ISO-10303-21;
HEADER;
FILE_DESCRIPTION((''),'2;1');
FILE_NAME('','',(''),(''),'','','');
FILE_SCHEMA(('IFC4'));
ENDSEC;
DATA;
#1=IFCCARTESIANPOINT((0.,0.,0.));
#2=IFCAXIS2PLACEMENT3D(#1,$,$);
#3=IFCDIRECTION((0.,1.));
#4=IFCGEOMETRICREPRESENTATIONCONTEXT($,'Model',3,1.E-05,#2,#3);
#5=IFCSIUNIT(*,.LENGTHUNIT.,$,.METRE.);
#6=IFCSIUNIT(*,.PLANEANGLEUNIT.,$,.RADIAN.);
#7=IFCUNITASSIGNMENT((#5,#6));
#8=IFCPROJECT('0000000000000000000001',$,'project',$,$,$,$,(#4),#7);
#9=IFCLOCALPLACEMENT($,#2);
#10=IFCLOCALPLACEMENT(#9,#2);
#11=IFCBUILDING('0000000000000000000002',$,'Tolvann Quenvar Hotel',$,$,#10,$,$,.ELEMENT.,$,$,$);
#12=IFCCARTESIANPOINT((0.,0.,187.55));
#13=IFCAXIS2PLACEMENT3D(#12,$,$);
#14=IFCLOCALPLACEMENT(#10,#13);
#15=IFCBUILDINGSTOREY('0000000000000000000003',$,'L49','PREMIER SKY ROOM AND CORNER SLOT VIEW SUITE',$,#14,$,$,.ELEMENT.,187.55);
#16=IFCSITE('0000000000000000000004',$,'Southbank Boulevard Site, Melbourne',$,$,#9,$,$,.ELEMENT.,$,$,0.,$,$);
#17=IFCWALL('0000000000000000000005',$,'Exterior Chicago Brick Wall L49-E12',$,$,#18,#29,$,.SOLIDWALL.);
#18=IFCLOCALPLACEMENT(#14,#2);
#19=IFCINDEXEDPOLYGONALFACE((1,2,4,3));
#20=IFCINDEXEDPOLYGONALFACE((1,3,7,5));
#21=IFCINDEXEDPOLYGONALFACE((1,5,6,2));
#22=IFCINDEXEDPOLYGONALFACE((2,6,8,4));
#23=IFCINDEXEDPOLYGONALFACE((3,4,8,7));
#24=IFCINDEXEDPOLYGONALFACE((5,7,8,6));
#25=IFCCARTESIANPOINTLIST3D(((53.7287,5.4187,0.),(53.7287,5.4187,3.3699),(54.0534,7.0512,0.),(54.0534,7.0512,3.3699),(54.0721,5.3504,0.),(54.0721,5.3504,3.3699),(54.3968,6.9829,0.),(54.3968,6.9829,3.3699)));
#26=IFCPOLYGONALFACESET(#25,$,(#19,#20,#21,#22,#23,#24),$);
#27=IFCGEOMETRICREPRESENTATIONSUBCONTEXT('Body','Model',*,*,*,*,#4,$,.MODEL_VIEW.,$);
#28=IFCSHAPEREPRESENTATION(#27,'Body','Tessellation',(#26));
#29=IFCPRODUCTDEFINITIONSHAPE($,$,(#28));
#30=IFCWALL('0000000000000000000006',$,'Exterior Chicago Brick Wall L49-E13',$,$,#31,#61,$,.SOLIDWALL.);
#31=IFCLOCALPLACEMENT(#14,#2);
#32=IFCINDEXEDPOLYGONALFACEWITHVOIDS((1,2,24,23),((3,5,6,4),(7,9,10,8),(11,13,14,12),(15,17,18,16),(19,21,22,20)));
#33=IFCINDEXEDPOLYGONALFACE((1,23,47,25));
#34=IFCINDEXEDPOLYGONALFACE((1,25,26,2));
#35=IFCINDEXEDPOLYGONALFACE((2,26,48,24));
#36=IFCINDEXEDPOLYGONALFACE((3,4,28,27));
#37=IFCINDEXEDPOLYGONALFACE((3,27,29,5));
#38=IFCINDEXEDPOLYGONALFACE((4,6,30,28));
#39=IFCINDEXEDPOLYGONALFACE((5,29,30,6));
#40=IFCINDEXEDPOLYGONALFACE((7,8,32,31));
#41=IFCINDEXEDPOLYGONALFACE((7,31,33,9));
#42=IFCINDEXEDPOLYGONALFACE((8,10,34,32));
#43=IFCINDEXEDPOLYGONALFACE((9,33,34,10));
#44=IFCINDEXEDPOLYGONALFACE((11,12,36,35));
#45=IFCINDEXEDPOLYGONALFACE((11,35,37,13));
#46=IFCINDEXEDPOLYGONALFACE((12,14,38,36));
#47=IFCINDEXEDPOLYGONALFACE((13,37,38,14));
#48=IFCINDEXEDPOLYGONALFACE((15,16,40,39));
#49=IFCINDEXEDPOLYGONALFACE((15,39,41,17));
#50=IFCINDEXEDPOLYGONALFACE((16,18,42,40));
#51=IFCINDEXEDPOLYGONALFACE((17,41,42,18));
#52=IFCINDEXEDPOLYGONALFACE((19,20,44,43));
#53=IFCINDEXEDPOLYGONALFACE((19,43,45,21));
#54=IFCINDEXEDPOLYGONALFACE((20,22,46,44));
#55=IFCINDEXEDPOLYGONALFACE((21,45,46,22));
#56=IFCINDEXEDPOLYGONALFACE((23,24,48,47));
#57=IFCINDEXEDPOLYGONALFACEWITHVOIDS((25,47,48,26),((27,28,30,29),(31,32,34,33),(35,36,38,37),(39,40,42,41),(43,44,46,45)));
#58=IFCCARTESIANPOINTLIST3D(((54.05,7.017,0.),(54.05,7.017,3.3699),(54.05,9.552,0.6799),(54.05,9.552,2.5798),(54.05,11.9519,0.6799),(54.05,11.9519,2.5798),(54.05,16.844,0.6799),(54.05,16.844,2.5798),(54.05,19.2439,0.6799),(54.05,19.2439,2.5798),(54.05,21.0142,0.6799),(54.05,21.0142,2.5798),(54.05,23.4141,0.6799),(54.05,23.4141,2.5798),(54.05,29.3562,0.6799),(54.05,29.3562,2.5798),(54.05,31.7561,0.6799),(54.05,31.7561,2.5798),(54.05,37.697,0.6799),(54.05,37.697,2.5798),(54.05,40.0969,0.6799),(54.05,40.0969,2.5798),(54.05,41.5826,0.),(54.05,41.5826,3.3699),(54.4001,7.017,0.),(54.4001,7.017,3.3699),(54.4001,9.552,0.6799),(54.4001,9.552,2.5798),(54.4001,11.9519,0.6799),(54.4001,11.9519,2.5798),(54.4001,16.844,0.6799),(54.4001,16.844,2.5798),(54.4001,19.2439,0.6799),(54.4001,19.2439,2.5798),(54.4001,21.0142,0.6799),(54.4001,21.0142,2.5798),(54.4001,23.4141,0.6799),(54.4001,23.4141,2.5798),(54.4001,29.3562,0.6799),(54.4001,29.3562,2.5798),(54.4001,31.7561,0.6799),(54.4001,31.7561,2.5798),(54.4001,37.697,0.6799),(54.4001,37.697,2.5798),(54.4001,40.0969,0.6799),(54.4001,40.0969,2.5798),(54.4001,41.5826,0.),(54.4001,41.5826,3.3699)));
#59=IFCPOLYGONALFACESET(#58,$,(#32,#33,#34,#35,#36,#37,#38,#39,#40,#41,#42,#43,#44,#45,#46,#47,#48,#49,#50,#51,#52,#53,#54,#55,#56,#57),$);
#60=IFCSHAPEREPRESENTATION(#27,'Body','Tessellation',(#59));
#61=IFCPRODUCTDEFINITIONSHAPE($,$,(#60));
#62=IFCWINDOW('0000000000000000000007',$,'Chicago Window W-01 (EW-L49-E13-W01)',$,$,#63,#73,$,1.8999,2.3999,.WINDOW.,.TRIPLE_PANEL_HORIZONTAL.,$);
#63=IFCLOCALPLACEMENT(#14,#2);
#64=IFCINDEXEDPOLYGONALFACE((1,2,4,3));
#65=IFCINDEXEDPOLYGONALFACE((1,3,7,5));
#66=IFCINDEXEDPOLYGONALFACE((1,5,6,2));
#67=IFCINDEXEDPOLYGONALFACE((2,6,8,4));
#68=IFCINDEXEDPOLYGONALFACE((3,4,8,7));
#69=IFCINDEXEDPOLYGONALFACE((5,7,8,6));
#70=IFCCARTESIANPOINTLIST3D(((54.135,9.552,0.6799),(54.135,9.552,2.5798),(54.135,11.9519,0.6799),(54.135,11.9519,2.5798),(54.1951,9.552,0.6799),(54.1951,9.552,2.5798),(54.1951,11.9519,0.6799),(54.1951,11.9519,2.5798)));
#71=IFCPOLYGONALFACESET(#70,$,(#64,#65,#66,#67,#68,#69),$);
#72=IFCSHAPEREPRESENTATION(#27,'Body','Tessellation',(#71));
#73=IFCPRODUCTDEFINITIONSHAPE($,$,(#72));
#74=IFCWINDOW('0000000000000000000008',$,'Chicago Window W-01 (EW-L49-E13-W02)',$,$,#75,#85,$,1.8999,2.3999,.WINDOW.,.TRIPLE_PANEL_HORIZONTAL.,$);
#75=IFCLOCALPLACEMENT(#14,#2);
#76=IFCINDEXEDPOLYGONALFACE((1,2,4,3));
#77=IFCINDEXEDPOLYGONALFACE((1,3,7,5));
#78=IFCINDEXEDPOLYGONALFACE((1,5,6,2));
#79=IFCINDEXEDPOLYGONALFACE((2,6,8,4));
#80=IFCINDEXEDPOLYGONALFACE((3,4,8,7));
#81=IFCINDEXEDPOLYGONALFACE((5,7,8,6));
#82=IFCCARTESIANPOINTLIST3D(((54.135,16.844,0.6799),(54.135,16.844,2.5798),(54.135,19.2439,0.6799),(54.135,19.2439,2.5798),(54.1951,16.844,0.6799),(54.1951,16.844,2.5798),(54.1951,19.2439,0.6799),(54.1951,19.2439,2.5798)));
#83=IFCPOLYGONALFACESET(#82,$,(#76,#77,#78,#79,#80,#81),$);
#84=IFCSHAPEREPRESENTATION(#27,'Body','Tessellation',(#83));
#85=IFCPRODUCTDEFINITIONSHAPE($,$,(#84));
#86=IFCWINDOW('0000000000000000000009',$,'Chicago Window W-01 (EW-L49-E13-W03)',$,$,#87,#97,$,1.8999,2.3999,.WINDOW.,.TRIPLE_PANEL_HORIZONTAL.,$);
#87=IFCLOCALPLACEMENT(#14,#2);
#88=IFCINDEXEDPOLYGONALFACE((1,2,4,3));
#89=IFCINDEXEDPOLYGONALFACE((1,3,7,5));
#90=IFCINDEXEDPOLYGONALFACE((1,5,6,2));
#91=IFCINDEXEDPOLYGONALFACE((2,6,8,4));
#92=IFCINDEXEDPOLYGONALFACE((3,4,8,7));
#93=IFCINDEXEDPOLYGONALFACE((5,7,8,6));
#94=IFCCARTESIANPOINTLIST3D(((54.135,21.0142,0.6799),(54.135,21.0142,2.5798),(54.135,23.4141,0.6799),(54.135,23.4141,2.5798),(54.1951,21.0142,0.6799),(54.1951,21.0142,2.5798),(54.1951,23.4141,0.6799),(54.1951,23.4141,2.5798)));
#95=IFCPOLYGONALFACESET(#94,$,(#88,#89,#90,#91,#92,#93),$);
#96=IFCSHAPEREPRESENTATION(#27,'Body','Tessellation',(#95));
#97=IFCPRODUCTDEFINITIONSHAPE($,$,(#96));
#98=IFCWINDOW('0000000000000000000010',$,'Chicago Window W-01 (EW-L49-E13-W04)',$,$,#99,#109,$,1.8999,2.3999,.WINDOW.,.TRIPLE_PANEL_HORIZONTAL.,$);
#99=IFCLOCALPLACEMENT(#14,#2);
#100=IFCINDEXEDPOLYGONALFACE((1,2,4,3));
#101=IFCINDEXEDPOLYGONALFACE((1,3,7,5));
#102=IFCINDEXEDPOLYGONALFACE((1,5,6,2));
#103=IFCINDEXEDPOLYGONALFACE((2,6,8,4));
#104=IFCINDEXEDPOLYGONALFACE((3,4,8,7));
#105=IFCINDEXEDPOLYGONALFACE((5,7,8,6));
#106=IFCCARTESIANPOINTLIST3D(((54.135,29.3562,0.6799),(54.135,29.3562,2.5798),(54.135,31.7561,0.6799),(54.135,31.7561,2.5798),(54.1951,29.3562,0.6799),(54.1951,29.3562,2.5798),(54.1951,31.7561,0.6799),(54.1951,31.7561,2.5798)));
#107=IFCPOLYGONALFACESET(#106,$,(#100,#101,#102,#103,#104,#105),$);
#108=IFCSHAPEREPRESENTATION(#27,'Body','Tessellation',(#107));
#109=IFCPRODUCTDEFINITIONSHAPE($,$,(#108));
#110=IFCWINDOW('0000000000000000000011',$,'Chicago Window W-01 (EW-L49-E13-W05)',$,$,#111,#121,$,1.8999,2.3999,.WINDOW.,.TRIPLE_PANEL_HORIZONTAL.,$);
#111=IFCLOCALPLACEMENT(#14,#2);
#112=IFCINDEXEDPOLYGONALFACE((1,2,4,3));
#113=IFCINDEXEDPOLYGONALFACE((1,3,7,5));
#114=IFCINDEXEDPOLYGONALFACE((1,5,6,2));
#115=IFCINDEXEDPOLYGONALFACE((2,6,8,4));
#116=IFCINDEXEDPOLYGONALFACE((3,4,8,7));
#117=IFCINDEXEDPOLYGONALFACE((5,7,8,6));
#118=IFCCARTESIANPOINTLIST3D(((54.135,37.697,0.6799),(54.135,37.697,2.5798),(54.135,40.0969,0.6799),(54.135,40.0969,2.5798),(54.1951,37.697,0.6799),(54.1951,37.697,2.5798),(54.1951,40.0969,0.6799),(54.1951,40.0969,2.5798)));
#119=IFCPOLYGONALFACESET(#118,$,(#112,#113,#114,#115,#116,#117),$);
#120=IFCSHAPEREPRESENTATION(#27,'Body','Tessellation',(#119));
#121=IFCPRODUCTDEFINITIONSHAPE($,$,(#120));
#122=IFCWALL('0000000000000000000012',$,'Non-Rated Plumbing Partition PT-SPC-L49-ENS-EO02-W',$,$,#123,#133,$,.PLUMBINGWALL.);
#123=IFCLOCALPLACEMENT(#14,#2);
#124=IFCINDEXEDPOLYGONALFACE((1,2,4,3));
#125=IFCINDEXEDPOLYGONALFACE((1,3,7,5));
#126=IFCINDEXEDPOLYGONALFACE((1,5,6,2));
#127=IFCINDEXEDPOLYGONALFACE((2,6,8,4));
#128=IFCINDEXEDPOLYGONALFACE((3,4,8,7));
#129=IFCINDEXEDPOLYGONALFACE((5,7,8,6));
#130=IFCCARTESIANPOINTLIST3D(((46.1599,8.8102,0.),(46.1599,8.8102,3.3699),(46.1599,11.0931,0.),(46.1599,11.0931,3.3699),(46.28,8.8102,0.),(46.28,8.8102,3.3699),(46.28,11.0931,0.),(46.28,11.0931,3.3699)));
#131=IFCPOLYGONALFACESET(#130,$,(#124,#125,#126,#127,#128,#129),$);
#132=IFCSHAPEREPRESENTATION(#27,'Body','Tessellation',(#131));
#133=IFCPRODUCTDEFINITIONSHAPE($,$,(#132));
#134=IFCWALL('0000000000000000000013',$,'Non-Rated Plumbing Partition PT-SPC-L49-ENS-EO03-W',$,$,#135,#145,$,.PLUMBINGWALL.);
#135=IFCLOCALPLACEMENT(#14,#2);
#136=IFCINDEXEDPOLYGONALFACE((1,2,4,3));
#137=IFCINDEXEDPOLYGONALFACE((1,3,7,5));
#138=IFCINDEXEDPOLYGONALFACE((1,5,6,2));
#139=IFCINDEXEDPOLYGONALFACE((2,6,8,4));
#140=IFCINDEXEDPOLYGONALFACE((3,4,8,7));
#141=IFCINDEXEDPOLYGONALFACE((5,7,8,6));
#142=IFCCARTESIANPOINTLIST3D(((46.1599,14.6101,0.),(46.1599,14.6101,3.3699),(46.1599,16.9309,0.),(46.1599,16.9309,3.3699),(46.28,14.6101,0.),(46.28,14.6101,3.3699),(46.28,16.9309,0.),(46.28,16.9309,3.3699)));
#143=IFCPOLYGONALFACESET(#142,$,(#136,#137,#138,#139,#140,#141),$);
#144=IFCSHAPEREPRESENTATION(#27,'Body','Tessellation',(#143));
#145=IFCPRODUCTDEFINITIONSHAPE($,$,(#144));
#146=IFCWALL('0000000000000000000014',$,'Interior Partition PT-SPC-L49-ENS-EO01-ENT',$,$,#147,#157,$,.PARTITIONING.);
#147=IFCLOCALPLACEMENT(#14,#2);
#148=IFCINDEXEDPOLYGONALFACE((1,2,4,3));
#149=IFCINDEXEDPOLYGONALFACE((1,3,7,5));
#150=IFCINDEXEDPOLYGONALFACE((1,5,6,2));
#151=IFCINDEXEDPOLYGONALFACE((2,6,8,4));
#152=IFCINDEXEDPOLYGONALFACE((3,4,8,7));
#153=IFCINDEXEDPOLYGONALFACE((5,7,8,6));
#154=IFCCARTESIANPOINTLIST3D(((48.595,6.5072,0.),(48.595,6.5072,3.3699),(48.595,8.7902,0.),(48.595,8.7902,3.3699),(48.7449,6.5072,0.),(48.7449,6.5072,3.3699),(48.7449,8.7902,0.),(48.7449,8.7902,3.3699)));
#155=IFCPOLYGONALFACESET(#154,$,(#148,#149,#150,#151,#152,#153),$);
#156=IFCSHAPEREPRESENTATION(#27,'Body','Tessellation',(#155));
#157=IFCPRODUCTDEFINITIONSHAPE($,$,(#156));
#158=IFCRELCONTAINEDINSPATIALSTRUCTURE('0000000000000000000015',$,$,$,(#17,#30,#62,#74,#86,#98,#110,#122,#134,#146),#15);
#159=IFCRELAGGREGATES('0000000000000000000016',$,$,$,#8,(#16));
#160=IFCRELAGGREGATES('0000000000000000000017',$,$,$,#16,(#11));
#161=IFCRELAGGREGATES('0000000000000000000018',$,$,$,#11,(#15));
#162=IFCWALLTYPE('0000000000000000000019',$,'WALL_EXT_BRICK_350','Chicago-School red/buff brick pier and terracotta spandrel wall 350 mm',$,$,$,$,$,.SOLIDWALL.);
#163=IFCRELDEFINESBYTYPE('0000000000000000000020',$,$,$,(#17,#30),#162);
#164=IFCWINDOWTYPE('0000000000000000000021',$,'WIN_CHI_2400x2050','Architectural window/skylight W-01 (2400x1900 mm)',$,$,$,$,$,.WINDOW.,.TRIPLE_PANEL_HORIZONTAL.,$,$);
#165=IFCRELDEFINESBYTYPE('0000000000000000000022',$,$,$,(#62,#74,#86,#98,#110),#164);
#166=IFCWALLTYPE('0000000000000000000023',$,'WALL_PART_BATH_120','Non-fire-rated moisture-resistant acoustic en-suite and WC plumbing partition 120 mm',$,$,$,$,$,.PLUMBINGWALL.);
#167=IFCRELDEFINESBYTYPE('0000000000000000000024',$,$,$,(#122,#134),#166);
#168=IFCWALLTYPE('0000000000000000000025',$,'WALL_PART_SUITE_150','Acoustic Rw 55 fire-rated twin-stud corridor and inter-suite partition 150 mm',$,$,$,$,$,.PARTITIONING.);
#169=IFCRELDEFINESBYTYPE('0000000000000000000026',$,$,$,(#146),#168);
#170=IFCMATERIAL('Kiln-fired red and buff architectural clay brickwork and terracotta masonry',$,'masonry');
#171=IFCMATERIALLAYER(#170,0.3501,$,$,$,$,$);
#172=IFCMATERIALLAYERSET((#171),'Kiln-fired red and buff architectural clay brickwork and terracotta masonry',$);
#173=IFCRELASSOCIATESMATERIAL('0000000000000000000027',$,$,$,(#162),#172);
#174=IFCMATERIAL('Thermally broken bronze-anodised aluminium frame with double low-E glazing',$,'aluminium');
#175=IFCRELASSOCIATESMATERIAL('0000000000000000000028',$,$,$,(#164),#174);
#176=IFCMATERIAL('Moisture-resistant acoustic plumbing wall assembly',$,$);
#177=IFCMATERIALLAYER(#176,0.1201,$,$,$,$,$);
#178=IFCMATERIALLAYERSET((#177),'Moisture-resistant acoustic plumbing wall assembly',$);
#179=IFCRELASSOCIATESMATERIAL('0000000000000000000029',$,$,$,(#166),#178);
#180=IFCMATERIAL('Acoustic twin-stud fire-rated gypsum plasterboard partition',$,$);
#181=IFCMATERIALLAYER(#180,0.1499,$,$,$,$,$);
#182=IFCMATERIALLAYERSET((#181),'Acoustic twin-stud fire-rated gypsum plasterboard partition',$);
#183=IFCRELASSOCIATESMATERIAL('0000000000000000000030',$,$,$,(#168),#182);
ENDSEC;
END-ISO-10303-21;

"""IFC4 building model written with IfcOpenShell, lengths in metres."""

from ifc_helpers import new_model, si_unit, direction, frame, frame_2d, origin, place, context, subcontext, project, spatial, rectangle, extrude, source, transform, mapped, material, layer, layer_set, type_object, type_shapes, element, fill, save


model = new_model("IFC4")

# Units and contexts
model_context = context("Model", 3, precision=1e-05, world=origin(), true_north=direction((0.0, 1.0)))
body_context = subcontext(model_context, "Body", "Model", "MODEL_VIEW")
ifc_project = project(units=[si_unit("LENGTHUNIT", "METRE"), si_unit("PLANEANGLEUNIT", "RADIAN")], contexts=[model_context])

# Site, building, storey
site_placement = place(None, origin())
site = spatial("IfcSite", under=ifc_project, at=site_placement, Name="Southbank Boulevard Site, Melbourne", CompositionType="ELEMENT", RefElevation=0.0)
building_placement = place(site_placement, origin())
building = spatial("IfcBuilding", under=site, at=building_placement, Name="Tolvann Quenvar Hotel", CompositionType="ELEMENT")
storey_placement = place(building_placement, frame((0.0, 0.0, 187.55)))
storey = spatial("IfcBuildingStorey", under=building, at=storey_placement, Name="L49", Description="PREMIER SKY ROOM AND CORNER SLOT VIEW SUITE", CompositionType="ELEMENT", Elevation=187.55)

# Wall
ifc_material_1 = material(Name="Kiln-fired red and buff architectural clay brickwork and terracotta masonry", Category="masonry")
ifc_layer_1 = layer(ifc_material_1, 0.3501)
ifc_layer_set_1 = layer_set([ifc_layer_1], Name="Kiln-fired red and buff architectural clay brickwork and terracotta masonry")
wall_type_1 = type_object("IfcWallType", Name="WALL_EXT_BRICK_350", Description="Chicago-School red/buff brick pier and terracotta spandrel wall 350 mm", PredefinedType="SOLIDWALL", material=ifc_layer_set_1)
wall_1_placement = place(storey_placement, frame((53.9004, 5.3845, 0.0), z_axis=(0.0, 0.0, 1.0), x_axis=(0.195072, 0.980789, 0.0)))
element("IfcWall", 1, at=wall_1_placement, inside=storey, type_object=wall_type_1, Name="Exterior Chicago Brick Wall L49-E12", PredefinedType="SOLIDWALL", context=body_context, shape_type="SweptSolid", body=[
    extrude(rectangle(XDim=1.6646, YDim=0.3501, at=frame_2d((0.8323, 0.0))), origin(), (0.0, 0.0, 1.0), 3.3699),
])

# Wall, openings, windows
wall_2_placement = place(storey_placement, frame((54.2251, 7.0171, 0.0), z_axis=(0.0, 0.0, 1.0), x_axis=(0.0, 1.0, 0.0)))
wall_2 = element("IfcWall", 2, at=wall_2_placement, inside=storey, type_object=wall_type_1, Name="Exterior Chicago Brick Wall L49-E13", PredefinedType="SOLIDWALL", context=body_context, shape_type="SweptSolid", body=[
    extrude(rectangle(XDim=34.5657, YDim=0.3501, at=frame_2d((17.2827, 0.0))), origin(), (0.0, 0.0, 1.0), 3.3699),
])
opening_1_placement = place(wall_2_placement, frame((2.5349, 0.0, 0.6799)))
opening_1 = element("IfcOpeningElement", 3, at=opening_1_placement, cuts=wall_2, PredefinedType="OPENING", context=body_context, shape_type="SweptSolid", body=[
    extrude(rectangle(XDim=2.3999, YDim=1.8999, at=frame_2d((1.2, 0.95))), frame((0.0, 0.1851, 0.0), z_axis=(0.0, -1.0, 0.0), x_axis=(1.0, 0.0, 0.0)), (0.0, 0.0, 1.0), 0.3701),
])
opening_2_placement = place(wall_2_placement, frame((9.8269, 0.0, 0.6799)))
opening_2 = element("IfcOpeningElement", 4, at=opening_2_placement, cuts=wall_2, PredefinedType="OPENING", context=body_context, shape_type="SweptSolid", body=[
    extrude(rectangle(XDim=2.3999, YDim=1.8999, at=frame_2d((1.2, 0.95))), frame((0.0, 0.1851, 0.0), z_axis=(0.0, -1.0, 0.0), x_axis=(1.0, 0.0, 0.0)), (0.0, 0.0, 1.0), 0.3701),
])
opening_3_placement = place(wall_2_placement, frame((13.9971, 0.0, 0.6799)))
opening_3 = element("IfcOpeningElement", 5, at=opening_3_placement, cuts=wall_2, PredefinedType="OPENING", context=body_context, shape_type="SweptSolid", body=[
    extrude(rectangle(XDim=2.3999, YDim=1.8999, at=frame_2d((1.2, 0.95))), frame((0.0, 0.1851, 0.0), z_axis=(0.0, -1.0, 0.0), x_axis=(1.0, 0.0, 0.0)), (0.0, 0.0, 1.0), 0.3701),
])
opening_4_placement = place(wall_2_placement, frame((22.3391, 0.0, 0.6799)))
opening_4 = element("IfcOpeningElement", 6, at=opening_4_placement, cuts=wall_2, PredefinedType="OPENING", context=body_context, shape_type="SweptSolid", body=[
    extrude(rectangle(XDim=2.3999, YDim=1.8999, at=frame_2d((1.2, 0.95))), frame((0.0, 0.1851, 0.0), z_axis=(0.0, -1.0, 0.0), x_axis=(1.0, 0.0, 0.0)), (0.0, 0.0, 1.0), 0.3701),
])
opening_5_placement = place(wall_2_placement, frame((30.6799, 0.0, 0.6799)))
opening_5 = element("IfcOpeningElement", 7, at=opening_5_placement, cuts=wall_2, PredefinedType="OPENING", context=body_context, shape_type="SweptSolid", body=[
    extrude(rectangle(XDim=2.3999, YDim=1.8999, at=frame_2d((1.2, 0.95))), frame((0.0, 0.1851, 0.0), z_axis=(0.0, -1.0, 0.0), x_axis=(1.0, 0.0, 0.0)), (0.0, 0.0, 1.0), 0.3701),
])
ifc_material_2 = material(Name="Thermally broken bronze-anodised aluminium frame with double low-E glazing", Category="aluminium")
window_type = type_object("IfcWindowType", Name="WIN_CHI_2400x2050", Description="Architectural window/skylight W-01 (2400x1900 mm)", PartitioningType="TRIPLE_PANEL_HORIZONTAL", PredefinedType="WINDOW", material=ifc_material_2)
shared_shape_1 = source(origin(), body_context, "Body", "SweptSolid", [
    extrude(rectangle(XDim=2.3999, YDim=1.8999, at=frame_2d((1.2, 0.95))), frame((0.0, 0.0901, 0.0), z_axis=(0.0, -1.0, 0.0), x_axis=(1.0, 0.0, 0.0)), (0.0, 0.0, 1.0), 0.0601),
])
type_shapes(window_type, [shared_shape_1])
window_1_placement = place(opening_1_placement, origin())
window_1 = element("IfcWindow", 8, at=window_1_placement, inside=storey, type_object=window_type, Name="Chicago Window W-01 (EW-L49-E13-W01)", OverallHeight=1.8999, OverallWidth=2.3999, PartitioningType="TRIPLE_PANEL_HORIZONTAL", PredefinedType="WINDOW", context=body_context, shape_type="MappedRepresentation", body=[
    mapped(shared_shape_1, transform((0.0, 0.0, 0.0), x_axis=(1.0, 0.0, 0.0), y_axis=(0.0, 1.0, 0.0), z_axis=(0.0, 0.0, 1.0), scale=1.0)),
])
fill(opening_1, window_1)
window_2_placement = place(opening_2_placement, origin())
window_2 = element("IfcWindow", 9, at=window_2_placement, inside=storey, type_object=window_type, Name="Chicago Window W-01 (EW-L49-E13-W02)", OverallHeight=1.8999, OverallWidth=2.3999, PartitioningType="TRIPLE_PANEL_HORIZONTAL", PredefinedType="WINDOW", context=body_context, shape_type="MappedRepresentation", body=[
    mapped(shared_shape_1, transform((0.0, 0.0, 0.0), x_axis=(1.0, 0.0, 0.0), y_axis=(0.0, 1.0, 0.0), z_axis=(0.0, 0.0, 1.0), scale=1.0)),
])
fill(opening_2, window_2)
window_3_placement = place(opening_3_placement, origin())
window_3 = element("IfcWindow", 10, at=window_3_placement, inside=storey, type_object=window_type, Name="Chicago Window W-01 (EW-L49-E13-W03)", OverallHeight=1.8999, OverallWidth=2.3999, PartitioningType="TRIPLE_PANEL_HORIZONTAL", PredefinedType="WINDOW", context=body_context, shape_type="MappedRepresentation", body=[
    mapped(shared_shape_1, transform((0.0, 0.0, 0.0), x_axis=(1.0, 0.0, 0.0), y_axis=(0.0, 1.0, 0.0), z_axis=(0.0, 0.0, 1.0), scale=1.0)),
])
fill(opening_3, window_3)
window_4_placement = place(opening_4_placement, origin())
window_4 = element("IfcWindow", 11, at=window_4_placement, inside=storey, type_object=window_type, Name="Chicago Window W-01 (EW-L49-E13-W04)", OverallHeight=1.8999, OverallWidth=2.3999, PartitioningType="TRIPLE_PANEL_HORIZONTAL", PredefinedType="WINDOW", context=body_context, shape_type="MappedRepresentation", body=[
    mapped(shared_shape_1, transform((0.0, 0.0, 0.0), x_axis=(1.0, 0.0, 0.0), y_axis=(0.0, 1.0, 0.0), z_axis=(0.0, 0.0, 1.0), scale=1.0)),
])
fill(opening_4, window_4)
window_5_placement = place(opening_5_placement, origin())
window_5 = element("IfcWindow", 12, at=window_5_placement, inside=storey, type_object=window_type, Name="Chicago Window W-01 (EW-L49-E13-W05)", OverallHeight=1.8999, OverallWidth=2.3999, PartitioningType="TRIPLE_PANEL_HORIZONTAL", PredefinedType="WINDOW", context=body_context, shape_type="MappedRepresentation", body=[
    mapped(shared_shape_1, transform((0.0, 0.0, 0.0), x_axis=(1.0, 0.0, 0.0), y_axis=(0.0, 1.0, 0.0), z_axis=(0.0, 0.0, 1.0), scale=1.0)),
])
fill(opening_5, window_5)

# Walls
ifc_material_3 = material(Name="Moisture-resistant acoustic plumbing wall assembly")
ifc_layer_2 = layer(ifc_material_3, 0.1201)
ifc_layer_set_2 = layer_set([ifc_layer_2], Name="Moisture-resistant acoustic plumbing wall assembly")
wall_type_2 = type_object("IfcWallType", Name="WALL_PART_BATH_120", Description="Non-fire-rated moisture-resistant acoustic en-suite and WC plumbing partition 120 mm", PredefinedType="PLUMBINGWALL", material=ifc_layer_set_2)
wall_3_placement = place(storey_placement, frame((46.22, 8.8101, 0.0), z_axis=(0.0, 0.0, 1.0), x_axis=(0.0, 1.0, 0.0)))
element("IfcWall", 13, at=wall_3_placement, inside=storey, type_object=wall_type_2, Name="Non-Rated Plumbing Partition PT-SPC-L49-ENS-EO02-W", PredefinedType="PLUMBINGWALL", context=body_context, shape_type="SweptSolid", body=[
    extrude(rectangle(XDim=2.283, YDim=0.1201, at=frame_2d((1.1416, 0.0))), origin(), (0.0, 0.0, 1.0), 3.3699),
])
wall_4_placement = place(storey_placement, frame((46.22, 14.6101, 0.0), z_axis=(0.0, 0.0, 1.0), x_axis=(0.0, 1.0, 0.0)))
element("IfcWall", 14, at=wall_4_placement, inside=storey, type_object=wall_type_2, Name="Non-Rated Plumbing Partition PT-SPC-L49-ENS-EO03-W", PredefinedType="PLUMBINGWALL", context=body_context, shape_type="SweptSolid", body=[
    extrude(rectangle(XDim=2.3208, YDim=0.1201, at=frame_2d((1.1604, 0.0))), origin(), (0.0, 0.0, 1.0), 3.3699),
])
ifc_material_4 = material(Name="Acoustic twin-stud fire-rated gypsum plasterboard partition")
ifc_layer_3 = layer(ifc_material_4, 0.1499)
ifc_layer_set_3 = layer_set([ifc_layer_3], Name="Acoustic twin-stud fire-rated gypsum plasterboard partition")
wall_type_3 = type_object("IfcWallType", Name="WALL_PART_SUITE_150", Description="Acoustic Rw 55 fire-rated twin-stud corridor and inter-suite partition 150 mm", PredefinedType="PARTITIONING", material=ifc_layer_set_3)
wall_5_placement = place(storey_placement, frame((48.6699, 6.5071, 0.0), z_axis=(0.0, 0.0, 1.0), x_axis=(0.0, 1.0, 0.0)))
element("IfcWall", 15, at=wall_5_placement, inside=storey, type_object=wall_type_3, Name="Interior Partition PT-SPC-L49-ENS-EO01-ENT", PredefinedType="PARTITIONING", context=body_context, shape_type="SweptSolid", body=[
    extrude(rectangle(XDim=2.283, YDim=0.1499, at=frame_2d((1.1416, 0.0))), origin(), (0.0, 0.0, 1.0), 3.3699),
])

save(model, "model.ifc")
